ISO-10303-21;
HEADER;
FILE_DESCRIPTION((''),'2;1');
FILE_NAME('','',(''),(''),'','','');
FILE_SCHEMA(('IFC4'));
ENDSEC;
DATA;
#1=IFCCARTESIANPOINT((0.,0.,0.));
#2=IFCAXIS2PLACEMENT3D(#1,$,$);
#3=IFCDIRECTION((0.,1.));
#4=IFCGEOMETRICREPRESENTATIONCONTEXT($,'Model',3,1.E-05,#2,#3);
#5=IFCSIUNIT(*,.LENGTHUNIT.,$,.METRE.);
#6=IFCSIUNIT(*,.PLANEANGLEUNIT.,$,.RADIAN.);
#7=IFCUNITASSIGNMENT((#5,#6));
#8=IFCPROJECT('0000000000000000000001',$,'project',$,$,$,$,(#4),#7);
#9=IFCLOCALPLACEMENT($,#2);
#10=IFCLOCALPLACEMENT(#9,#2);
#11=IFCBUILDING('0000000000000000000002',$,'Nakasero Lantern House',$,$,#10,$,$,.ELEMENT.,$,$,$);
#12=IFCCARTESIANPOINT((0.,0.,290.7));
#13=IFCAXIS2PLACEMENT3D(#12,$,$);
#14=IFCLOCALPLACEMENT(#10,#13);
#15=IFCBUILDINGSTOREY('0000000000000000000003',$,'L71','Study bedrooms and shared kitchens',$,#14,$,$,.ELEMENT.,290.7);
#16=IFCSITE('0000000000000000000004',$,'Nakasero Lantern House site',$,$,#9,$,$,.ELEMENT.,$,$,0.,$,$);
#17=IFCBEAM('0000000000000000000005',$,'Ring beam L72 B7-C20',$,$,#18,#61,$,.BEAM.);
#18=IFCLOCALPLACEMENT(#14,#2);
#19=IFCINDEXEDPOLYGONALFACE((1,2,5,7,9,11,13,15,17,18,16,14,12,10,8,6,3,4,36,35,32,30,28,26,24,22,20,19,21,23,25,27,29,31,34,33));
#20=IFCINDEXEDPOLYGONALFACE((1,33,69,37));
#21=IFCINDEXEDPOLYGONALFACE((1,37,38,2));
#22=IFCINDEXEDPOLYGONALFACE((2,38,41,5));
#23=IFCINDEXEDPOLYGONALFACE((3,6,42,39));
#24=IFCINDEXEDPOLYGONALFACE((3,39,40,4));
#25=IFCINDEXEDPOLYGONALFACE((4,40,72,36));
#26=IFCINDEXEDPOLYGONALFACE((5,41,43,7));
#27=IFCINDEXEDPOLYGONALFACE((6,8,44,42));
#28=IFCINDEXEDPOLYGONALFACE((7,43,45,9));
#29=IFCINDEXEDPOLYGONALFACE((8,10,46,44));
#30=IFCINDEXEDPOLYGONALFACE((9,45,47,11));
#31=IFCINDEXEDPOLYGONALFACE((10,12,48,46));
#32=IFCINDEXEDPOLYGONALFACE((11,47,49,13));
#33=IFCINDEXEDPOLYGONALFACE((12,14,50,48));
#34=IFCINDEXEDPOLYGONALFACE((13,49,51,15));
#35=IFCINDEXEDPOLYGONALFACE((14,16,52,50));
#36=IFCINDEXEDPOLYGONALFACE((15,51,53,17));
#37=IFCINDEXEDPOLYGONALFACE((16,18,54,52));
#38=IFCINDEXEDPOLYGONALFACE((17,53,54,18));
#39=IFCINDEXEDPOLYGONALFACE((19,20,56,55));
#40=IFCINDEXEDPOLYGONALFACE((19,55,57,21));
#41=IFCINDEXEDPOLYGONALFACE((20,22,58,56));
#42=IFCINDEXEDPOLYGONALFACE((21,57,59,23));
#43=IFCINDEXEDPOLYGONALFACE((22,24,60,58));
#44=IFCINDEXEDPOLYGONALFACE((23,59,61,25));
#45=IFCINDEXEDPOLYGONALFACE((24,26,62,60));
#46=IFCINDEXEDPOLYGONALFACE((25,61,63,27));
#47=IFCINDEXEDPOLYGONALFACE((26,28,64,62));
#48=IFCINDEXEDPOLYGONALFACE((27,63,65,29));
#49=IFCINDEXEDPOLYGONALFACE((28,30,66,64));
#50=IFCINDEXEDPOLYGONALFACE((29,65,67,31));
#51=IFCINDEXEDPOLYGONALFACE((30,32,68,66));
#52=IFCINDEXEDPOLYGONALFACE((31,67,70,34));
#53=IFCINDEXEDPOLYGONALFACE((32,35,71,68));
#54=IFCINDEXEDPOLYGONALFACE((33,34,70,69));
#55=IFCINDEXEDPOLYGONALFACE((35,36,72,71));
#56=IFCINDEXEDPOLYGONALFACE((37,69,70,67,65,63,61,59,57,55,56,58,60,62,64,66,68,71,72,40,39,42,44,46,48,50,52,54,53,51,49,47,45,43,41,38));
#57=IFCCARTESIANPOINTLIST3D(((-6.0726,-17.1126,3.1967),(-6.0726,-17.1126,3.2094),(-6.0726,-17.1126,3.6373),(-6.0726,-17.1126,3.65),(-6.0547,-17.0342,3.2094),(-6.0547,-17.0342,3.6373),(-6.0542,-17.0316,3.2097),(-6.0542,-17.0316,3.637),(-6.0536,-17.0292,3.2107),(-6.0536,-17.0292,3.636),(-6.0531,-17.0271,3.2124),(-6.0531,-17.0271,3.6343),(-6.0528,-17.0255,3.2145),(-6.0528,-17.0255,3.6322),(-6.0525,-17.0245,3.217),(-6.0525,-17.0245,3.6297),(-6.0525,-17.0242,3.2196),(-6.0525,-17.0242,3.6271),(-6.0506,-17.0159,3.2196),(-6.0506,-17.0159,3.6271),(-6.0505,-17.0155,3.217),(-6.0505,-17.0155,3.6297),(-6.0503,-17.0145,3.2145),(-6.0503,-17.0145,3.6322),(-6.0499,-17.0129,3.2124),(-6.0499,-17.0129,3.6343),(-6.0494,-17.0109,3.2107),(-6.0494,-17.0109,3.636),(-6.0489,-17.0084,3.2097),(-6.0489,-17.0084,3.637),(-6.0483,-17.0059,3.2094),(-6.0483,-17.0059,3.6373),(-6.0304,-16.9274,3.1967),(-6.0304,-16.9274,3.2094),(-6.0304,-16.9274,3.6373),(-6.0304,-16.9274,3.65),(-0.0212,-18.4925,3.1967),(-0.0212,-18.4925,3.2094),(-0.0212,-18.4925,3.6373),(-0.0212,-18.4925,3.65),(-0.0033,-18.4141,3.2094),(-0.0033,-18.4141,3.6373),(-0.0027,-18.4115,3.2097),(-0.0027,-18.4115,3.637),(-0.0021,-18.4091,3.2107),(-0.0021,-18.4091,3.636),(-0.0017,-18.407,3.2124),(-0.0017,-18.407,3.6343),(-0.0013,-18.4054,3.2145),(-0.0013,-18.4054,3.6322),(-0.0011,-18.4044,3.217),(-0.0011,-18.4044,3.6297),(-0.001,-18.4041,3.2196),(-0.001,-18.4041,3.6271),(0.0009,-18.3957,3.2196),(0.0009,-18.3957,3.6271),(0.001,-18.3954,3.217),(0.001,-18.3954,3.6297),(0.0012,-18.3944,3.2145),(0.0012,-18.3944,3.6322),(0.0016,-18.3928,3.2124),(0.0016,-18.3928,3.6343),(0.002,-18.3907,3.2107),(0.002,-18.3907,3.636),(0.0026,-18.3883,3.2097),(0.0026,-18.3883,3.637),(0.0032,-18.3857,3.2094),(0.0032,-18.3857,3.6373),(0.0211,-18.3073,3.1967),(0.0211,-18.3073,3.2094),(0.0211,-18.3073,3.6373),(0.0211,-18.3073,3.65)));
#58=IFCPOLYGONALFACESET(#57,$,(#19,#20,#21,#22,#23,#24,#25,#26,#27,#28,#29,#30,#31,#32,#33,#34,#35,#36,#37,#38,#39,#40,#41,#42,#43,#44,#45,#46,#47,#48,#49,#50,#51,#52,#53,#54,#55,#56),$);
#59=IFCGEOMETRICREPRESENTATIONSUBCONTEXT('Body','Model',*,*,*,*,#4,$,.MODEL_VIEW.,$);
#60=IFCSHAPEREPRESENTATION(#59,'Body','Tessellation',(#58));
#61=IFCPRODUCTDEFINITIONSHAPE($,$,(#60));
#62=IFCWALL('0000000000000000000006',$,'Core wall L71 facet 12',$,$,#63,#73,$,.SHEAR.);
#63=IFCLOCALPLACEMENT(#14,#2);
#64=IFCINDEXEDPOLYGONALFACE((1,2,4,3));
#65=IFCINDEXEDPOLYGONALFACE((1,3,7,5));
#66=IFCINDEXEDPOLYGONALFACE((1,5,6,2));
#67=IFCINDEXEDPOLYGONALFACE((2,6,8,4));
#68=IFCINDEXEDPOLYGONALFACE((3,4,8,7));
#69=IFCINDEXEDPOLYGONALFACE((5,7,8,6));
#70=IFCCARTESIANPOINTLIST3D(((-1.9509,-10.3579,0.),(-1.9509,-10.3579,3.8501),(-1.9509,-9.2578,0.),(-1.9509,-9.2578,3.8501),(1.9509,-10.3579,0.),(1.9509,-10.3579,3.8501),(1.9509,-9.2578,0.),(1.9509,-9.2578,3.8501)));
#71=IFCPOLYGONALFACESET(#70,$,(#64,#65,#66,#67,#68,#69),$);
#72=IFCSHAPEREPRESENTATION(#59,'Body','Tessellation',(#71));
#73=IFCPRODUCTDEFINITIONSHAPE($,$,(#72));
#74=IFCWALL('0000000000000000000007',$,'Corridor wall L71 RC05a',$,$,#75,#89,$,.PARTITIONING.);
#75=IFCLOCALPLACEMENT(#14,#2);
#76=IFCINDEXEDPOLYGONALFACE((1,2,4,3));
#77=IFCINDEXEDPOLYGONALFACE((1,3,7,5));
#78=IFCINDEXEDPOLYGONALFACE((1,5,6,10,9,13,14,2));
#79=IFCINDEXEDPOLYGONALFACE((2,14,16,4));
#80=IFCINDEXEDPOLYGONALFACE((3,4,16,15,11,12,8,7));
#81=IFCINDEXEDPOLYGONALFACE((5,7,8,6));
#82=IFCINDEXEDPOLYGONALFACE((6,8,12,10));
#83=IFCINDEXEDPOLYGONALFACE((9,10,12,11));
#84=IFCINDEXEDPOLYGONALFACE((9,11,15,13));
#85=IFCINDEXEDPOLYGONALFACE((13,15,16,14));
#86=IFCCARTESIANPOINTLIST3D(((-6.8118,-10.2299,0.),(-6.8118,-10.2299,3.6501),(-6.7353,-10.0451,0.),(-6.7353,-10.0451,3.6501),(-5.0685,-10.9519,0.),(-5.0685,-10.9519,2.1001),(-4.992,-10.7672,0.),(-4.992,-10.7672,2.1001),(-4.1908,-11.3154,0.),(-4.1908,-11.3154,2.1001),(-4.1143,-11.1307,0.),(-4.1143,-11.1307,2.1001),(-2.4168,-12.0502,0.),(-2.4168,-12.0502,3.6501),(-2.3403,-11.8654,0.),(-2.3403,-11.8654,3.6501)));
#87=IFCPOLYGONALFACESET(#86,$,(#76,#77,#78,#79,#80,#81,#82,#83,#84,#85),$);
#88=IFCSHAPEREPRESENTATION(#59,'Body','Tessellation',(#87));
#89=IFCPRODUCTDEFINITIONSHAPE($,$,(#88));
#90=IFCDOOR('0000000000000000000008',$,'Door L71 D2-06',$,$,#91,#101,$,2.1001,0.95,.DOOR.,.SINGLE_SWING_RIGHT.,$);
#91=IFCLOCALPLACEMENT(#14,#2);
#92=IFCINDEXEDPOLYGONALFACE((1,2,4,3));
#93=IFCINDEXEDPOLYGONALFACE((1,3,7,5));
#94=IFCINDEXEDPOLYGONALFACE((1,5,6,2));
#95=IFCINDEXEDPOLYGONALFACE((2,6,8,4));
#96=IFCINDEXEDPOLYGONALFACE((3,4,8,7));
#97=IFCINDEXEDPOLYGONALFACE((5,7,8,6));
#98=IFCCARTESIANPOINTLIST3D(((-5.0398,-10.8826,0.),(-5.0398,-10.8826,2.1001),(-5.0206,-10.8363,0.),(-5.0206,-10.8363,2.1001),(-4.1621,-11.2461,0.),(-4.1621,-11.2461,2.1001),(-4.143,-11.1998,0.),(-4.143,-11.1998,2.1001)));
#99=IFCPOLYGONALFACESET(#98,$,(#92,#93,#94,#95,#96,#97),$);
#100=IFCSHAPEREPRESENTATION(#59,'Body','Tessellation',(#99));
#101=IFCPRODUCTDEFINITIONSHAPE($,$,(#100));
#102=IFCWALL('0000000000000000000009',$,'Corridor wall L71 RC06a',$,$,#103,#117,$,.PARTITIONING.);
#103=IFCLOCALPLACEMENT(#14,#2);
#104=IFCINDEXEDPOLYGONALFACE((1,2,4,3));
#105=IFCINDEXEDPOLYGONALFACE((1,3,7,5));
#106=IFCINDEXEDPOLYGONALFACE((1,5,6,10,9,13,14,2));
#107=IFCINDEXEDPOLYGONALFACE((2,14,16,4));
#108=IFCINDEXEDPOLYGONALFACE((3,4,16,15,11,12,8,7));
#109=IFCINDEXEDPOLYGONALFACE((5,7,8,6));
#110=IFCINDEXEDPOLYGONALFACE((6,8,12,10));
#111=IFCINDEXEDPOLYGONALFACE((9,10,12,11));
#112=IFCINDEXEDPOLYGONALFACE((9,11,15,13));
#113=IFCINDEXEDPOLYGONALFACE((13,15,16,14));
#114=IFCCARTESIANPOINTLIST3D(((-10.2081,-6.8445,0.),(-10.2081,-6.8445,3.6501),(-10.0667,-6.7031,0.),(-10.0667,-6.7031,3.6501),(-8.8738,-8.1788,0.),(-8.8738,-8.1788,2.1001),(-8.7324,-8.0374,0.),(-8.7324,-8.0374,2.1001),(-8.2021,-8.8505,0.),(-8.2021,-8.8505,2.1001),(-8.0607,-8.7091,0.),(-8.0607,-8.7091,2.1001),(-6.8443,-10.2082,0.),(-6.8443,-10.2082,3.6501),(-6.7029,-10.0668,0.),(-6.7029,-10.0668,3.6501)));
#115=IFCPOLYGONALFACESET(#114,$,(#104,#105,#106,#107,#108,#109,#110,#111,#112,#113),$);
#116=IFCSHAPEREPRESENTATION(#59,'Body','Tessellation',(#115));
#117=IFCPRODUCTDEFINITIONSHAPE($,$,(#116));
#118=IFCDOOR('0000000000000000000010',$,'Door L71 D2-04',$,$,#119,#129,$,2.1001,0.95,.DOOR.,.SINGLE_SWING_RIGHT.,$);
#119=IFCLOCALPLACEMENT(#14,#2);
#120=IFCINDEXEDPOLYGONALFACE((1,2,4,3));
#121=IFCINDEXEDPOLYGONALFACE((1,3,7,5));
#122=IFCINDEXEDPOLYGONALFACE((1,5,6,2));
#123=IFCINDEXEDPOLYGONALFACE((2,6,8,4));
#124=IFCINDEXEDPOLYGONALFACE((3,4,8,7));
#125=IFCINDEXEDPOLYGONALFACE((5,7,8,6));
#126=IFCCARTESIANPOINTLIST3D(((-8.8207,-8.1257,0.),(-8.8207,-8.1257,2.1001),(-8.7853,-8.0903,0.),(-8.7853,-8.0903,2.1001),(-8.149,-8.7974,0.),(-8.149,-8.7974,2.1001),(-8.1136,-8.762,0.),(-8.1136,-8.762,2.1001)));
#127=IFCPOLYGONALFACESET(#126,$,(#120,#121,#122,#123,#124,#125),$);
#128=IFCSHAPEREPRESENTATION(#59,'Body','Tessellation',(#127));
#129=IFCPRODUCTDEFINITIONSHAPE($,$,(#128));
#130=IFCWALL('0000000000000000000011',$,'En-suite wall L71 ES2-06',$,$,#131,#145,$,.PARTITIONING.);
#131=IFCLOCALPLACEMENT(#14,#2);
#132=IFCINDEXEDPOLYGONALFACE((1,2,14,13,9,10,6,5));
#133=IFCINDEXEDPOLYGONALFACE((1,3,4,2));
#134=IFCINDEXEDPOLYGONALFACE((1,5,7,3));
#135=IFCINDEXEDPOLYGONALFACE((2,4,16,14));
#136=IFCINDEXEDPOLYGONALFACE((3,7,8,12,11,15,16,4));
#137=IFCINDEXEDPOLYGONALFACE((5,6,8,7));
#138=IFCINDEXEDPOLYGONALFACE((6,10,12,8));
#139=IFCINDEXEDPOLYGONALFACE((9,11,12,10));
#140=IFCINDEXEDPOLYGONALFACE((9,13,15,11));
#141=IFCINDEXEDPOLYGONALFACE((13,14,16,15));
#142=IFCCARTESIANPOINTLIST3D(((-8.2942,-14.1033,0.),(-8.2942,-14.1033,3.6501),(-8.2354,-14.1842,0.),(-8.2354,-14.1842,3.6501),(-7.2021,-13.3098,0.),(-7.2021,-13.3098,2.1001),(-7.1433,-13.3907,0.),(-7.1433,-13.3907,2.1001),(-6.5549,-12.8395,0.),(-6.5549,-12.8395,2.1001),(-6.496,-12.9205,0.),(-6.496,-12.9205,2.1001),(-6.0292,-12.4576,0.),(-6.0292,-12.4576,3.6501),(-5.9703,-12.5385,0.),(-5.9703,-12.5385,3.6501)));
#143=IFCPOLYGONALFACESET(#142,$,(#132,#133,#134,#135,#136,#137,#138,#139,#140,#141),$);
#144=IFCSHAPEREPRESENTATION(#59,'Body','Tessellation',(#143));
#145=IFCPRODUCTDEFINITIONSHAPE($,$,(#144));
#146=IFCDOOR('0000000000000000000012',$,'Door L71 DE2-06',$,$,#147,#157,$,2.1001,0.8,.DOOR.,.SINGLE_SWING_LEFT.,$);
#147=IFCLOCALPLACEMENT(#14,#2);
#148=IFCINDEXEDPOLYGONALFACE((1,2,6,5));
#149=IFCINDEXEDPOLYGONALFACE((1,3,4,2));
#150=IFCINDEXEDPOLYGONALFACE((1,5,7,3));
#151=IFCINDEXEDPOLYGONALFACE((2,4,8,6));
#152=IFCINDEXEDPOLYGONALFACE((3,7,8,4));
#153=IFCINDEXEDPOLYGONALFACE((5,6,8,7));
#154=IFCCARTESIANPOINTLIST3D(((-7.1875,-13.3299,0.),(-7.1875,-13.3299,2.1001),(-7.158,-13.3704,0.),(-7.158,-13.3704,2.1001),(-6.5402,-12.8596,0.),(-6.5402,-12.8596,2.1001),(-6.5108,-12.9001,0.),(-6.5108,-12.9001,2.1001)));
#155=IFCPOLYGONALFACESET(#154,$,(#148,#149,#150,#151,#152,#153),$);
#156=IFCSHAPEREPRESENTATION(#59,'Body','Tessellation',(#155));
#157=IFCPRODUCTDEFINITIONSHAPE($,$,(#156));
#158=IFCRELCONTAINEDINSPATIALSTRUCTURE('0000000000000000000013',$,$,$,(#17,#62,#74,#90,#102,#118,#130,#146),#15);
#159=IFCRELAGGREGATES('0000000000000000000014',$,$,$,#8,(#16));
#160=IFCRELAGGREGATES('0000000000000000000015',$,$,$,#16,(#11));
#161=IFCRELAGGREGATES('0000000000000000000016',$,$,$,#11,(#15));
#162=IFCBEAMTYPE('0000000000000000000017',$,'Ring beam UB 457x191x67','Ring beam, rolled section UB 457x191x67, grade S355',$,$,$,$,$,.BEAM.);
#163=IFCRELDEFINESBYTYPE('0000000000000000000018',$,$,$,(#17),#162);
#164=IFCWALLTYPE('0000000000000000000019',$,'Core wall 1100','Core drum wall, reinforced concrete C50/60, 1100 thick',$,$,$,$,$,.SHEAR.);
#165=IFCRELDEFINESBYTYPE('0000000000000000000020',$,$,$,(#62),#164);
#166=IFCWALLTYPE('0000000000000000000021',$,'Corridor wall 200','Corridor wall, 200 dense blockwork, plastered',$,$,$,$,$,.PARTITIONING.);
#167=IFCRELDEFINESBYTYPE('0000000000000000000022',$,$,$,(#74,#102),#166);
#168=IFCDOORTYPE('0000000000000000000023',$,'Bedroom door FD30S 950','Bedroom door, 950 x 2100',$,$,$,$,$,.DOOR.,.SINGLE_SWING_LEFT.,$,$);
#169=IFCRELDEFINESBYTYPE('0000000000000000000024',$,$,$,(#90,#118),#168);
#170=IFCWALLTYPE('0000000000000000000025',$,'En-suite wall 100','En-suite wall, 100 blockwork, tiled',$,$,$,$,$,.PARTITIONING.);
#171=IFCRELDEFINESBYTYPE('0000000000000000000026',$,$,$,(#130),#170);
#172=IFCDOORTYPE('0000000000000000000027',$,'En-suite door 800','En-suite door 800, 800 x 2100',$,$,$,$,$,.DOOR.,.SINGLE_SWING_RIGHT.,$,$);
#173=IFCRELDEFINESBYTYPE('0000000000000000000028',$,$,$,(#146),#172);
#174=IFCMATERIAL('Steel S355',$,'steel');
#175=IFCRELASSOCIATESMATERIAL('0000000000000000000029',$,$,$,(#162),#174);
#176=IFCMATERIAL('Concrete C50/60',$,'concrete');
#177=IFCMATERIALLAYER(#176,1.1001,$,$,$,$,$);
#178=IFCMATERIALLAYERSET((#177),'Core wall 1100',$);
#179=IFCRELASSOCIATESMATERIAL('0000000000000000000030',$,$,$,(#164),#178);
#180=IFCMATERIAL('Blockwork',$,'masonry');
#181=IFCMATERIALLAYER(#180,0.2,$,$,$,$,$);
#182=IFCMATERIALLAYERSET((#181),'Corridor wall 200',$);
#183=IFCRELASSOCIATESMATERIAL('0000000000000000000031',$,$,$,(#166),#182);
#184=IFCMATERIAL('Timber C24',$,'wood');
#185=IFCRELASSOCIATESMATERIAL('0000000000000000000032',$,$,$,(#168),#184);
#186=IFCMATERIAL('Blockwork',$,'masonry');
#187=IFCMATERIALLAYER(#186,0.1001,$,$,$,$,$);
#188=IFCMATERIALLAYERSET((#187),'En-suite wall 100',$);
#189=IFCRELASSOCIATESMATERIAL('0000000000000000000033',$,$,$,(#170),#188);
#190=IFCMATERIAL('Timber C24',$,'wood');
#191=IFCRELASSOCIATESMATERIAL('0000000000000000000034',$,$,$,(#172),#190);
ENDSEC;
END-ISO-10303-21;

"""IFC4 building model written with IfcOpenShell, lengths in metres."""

from ifc_helpers import new_model, si_unit, direction, frame, frame_2d, origin, origin_2d, place, context, subcontext, project, spatial, rectangle, i_section, extrude, material, layer, layer_set, material_profile, profile_set, type_object, element, fill, save


model = new_model("IFC4")

# Units and contexts
model_context = context("Model", 3, precision=1e-05, world=origin(), true_north=direction((0.0, 1.0)))
body_context = subcontext(model_context, "Body", "Model", "MODEL_VIEW")
ifc_project = project(units=[si_unit("LENGTHUNIT", "METRE"), si_unit("PLANEANGLEUNIT", "RADIAN")], contexts=[model_context])

# Site, building, storey
site_placement = place(None, origin())
site = spatial("IfcSite", under=ifc_project, at=site_placement, Name="Nakasero Lantern House site", CompositionType="ELEMENT", RefElevation=0.0)
building_placement = place(site_placement, origin())
building = spatial("IfcBuilding", under=site, at=building_placement, Name="Nakasero Lantern House", CompositionType="ELEMENT")
storey_placement = place(building_placement, frame((0.0, 0.0, 290.7)))
storey = spatial("IfcBuildingStorey", under=building, at=storey_placement, Name="L71", Description="Study bedrooms and shared kitchens", CompositionType="ELEMENT", Elevation=290.7)

# Beam
ifc_material_1 = material(Name="Steel S355", Category="steel")
ifc_material_profile_1 = material_profile(ifc_material_1, i_section(OverallWidth=0.1899, OverallDepth=0.4534, WebThickness=0.0085, FlangeThickness=0.0127, FilletRadius=0.0103, at=origin_2d()), Name="UB 457x191x67")
ifc_profile_set_1 = profile_set([ifc_material_profile_1], Name="Steel S355")
beam_type_1 = type_object("IfcBeamType", Name="Ring beam UB 457x191x67", Description="Ring beam, rolled section UB 457x191x67, grade S355", PredefinedType="BEAM", material=ifc_profile_set_1)
beam_1_placement = place(storey_placement, frame((-6.0515, -17.02, 3.4233), z_axis=(0.974975, -0.222316, 0.0), x_axis=(0.222316, 0.974975, 0.0)))
element("IfcBeam", 1, at=beam_1_placement, inside=storey, type_object=beam_type_1, Name="Ring beam L72 B7-C20", PredefinedType="BEAM", context=body_context, shape_type="SweptSolid", body=[
    extrude(i_section(OverallWidth=0.1899, OverallDepth=0.4534, WebThickness=0.0085, FlangeThickness=0.0127, FilletRadius=0.0103, at=origin_2d()), origin(), (0.0, 0.0, 1.0), 6.2068),
])

# Wall
ifc_material_2 = material(Name="Concrete C50/60", Category="concrete")
ifc_layer_1 = layer(ifc_material_2, 1.1001)
ifc_layer_set_1 = layer_set([ifc_layer_1], Name="Core wall 1100")
wall_type_1 = type_object("IfcWallType", Name="Core wall 1100", Description="Core drum wall, reinforced concrete C50/60, 1100 thick", PredefinedType="SHEAR", material=ifc_layer_set_1)
wall_1_placement = place(storey_placement, frame((-1.9509, -9.8079, 0.0), z_axis=(0.0, 0.0, 1.0), x_axis=(1.0, 0.0, 0.0)))
element("IfcWall", 2, at=wall_1_placement, inside=storey, type_object=wall_type_1, Name="Core wall L71 facet 12", PredefinedType="SHEAR", context=body_context, shape_type="SweptSolid", body=[
    extrude(rectangle(XDim=3.9019, YDim=1.1001, at=frame_2d((1.9509, 0.0))), origin(), (0.0, 0.0, 1.0), 3.8501),
])

# Walls, openings, doors
ifc_material_3 = material(Name="Blockwork", Category="masonry")
ifc_layer_2 = layer(ifc_material_3, 0.2)
ifc_layer_set_2 = layer_set([ifc_layer_2], Name="Corridor wall 200")
wall_type_2 = type_object("IfcWallType", Name="Corridor wall 200", Description="Corridor wall, 200 dense blockwork, plastered", PredefinedType="PARTITIONING", material=ifc_layer_set_2)
wall_2_placement = place(storey_placement, frame((-2.3787, -11.9578, 0.0), z_axis=(0.0, 0.0, 1.0), x_axis=(-0.923892, 0.382654, 0.0)))
wall_2 = element("IfcWall", 3, at=wall_2_placement, inside=storey, type_object=wall_type_2, Name="Corridor wall L71 RC05a", PredefinedType="PARTITIONING", context=body_context, shape_type="SweptSolid", body=[
    extrude(rectangle(XDim=4.7571, YDim=0.2, at=frame_2d((2.3784, 0.0))), origin(), (0.0, 0.0, 1.0), 3.6501),
])
opening_1_placement = place(wall_2_placement, frame((1.9199, 0.0, 0.0)))
opening_1 = element("IfcOpeningElement", 4, at=opening_1_placement, cuts=wall_2, PredefinedType="OPENING", context=body_context, shape_type="SweptSolid", body=[
    extrude(rectangle(XDim=0.95, YDim=2.1001, at=frame_2d((0.4751, 1.05))), frame((0.0, 0.1199, 0.0), z_axis=(0.0, -1.0, 0.0), x_axis=(1.0, 0.0, 0.0)), (0.0, 0.0, 1.0), 0.24),
])
ifc_material_4 = material(Name="Timber C24", Category="wood")
door_type_1 = type_object("IfcDoorType", Name="Bedroom door FD30S 950", Description="Bedroom door, 950 x 2100", OperationType="SINGLE_SWING_LEFT", PredefinedType="DOOR", material=ifc_material_4)
door_1_placement = place(opening_1_placement, origin())
door_1 = element("IfcDoor", 5, at=door_1_placement, inside=storey, type_object=door_type_1, Name="Door L71 D2-06", OperationType="SINGLE_SWING_RIGHT", OverallHeight=2.1001, OverallWidth=0.95, PredefinedType="DOOR", context=body_context, shape_type="SweptSolid", body=[
    extrude(rectangle(XDim=0.95, YDim=2.1001, at=frame_2d((0.4751, 1.05))), frame((0.0, 0.0249, 0.0), z_axis=(0.0, -1.0, 0.0), x_axis=(1.0, 0.0, 0.0)), (0.0, 0.0, 1.0), 0.05),
])
fill(opening_1, door_1)
wall_3_placement = place(storey_placement, frame((-6.7737, -10.1375, 0.0), z_axis=(0.0, 0.0, 1.0), x_axis=(-0.707107, 0.707107, 0.0)))
wall_3 = element("IfcWall", 6, at=wall_3_placement, inside=storey, type_object=wall_type_2, Name="Corridor wall L71 RC06a", PredefinedType="PARTITIONING", context=body_context, shape_type="SweptSolid", body=[
    extrude(rectangle(XDim=4.7571, YDim=0.2, at=frame_2d((2.3784, 0.0))), origin(), (0.0, 0.0, 1.0), 3.6501),
])
opening_2_placement = place(wall_3_placement, frame((1.9199, 0.0, 0.0)))
opening_2 = element("IfcOpeningElement", 7, at=opening_2_placement, cuts=wall_3, PredefinedType="OPENING", context=body_context, shape_type="SweptSolid", body=[
    extrude(rectangle(XDim=0.95, YDim=2.1001, at=frame_2d((0.4751, 1.05))), frame((0.0, 0.1199, 0.0), z_axis=(0.0, -1.0, 0.0), x_axis=(1.0, 0.0, 0.0)), (0.0, 0.0, 1.0), 0.24),
])
door_2_placement = place(opening_2_placement, origin())
door_2 = element("IfcDoor", 8, at=door_2_placement, inside=storey, type_object=door_type_1, Name="Door L71 D2-04", OperationType="SINGLE_SWING_RIGHT", OverallHeight=2.1001, OverallWidth=0.95, PredefinedType="DOOR", context=body_context, shape_type="SweptSolid", body=[
    extrude(rectangle(XDim=0.95, YDim=2.1001, at=frame_2d((0.4751, 1.05))), frame((0.0, 0.0249, 0.0), z_axis=(0.0, -1.0, 0.0), x_axis=(1.0, 0.0, 0.0)), (0.0, 0.0, 1.0), 0.05),
])
fill(opening_2, door_2)
ifc_material_5 = material(Name="Blockwork", Category="masonry")
ifc_layer_3 = layer(ifc_material_5, 0.1001)
ifc_layer_set_3 = layer_set([ifc_layer_3], Name="En-suite wall 100")
wall_type_3 = type_object("IfcWallType", Name="En-suite wall 100", Description="En-suite wall, 100 blockwork, tiled", PredefinedType="PARTITIONING", material=ifc_layer_set_3)
wall_4_placement = place(storey_placement, frame((-5.9998, -12.498, 0.0), z_axis=(0.0, 0.0, 1.0), x_axis=(-0.809011, -0.587793, 0.0)))
wall_4 = element("IfcWall", 9, at=wall_4_placement, inside=storey, type_object=wall_type_3, Name="En-suite wall L71 ES2-06", PredefinedType="PARTITIONING", context=body_context, shape_type="SweptSolid", body=[
    extrude(rectangle(XDim=2.7998, YDim=0.1001, at=frame_2d((1.3999, 0.0))), origin(), (0.0, 0.0, 1.0), 3.6501),
])
opening_3_placement = place(wall_4_placement, frame((0.6499, 0.0, 0.0)))
opening_3 = element("IfcOpeningElement", 10, at=opening_3_placement, cuts=wall_4, PredefinedType="OPENING", context=body_context, shape_type="SweptSolid", body=[
    extrude(rectangle(XDim=0.8, YDim=2.1001, at=frame_2d((0.3999, 1.05))), frame((0.0, 0.0701, 0.0), z_axis=(0.0, -1.0, 0.0), x_axis=(1.0, 0.0, 0.0)), (0.0, 0.0, 1.0), 0.1401),
])
ifc_material_6 = material(Name="Timber C24", Category="wood")
door_type_2 = type_object("IfcDoorType", Name="En-suite door 800", Description="En-suite door 800, 800 x 2100", OperationType="SINGLE_SWING_RIGHT", PredefinedType="DOOR", material=ifc_material_6)
door_3_placement = place(opening_3_placement, origin())
door_3 = element("IfcDoor", 11, at=door_3_placement, inside=storey, type_object=door_type_2, Name="Door L71 DE2-06", OperationType="SINGLE_SWING_LEFT", OverallHeight=2.1001, OverallWidth=0.8, PredefinedType="DOOR", context=body_context, shape_type="SweptSolid", body=[
    extrude(rectangle(XDim=0.8, YDim=2.1001, at=frame_2d((0.3999, 1.05))), frame((0.0, 0.0249, 0.0), z_axis=(0.0, -1.0, 0.0), x_axis=(1.0, 0.0, 0.0)), (0.0, 0.0, 1.0), 0.05),
])
fill(opening_3, door_3)

save(model, "model.ifc")
